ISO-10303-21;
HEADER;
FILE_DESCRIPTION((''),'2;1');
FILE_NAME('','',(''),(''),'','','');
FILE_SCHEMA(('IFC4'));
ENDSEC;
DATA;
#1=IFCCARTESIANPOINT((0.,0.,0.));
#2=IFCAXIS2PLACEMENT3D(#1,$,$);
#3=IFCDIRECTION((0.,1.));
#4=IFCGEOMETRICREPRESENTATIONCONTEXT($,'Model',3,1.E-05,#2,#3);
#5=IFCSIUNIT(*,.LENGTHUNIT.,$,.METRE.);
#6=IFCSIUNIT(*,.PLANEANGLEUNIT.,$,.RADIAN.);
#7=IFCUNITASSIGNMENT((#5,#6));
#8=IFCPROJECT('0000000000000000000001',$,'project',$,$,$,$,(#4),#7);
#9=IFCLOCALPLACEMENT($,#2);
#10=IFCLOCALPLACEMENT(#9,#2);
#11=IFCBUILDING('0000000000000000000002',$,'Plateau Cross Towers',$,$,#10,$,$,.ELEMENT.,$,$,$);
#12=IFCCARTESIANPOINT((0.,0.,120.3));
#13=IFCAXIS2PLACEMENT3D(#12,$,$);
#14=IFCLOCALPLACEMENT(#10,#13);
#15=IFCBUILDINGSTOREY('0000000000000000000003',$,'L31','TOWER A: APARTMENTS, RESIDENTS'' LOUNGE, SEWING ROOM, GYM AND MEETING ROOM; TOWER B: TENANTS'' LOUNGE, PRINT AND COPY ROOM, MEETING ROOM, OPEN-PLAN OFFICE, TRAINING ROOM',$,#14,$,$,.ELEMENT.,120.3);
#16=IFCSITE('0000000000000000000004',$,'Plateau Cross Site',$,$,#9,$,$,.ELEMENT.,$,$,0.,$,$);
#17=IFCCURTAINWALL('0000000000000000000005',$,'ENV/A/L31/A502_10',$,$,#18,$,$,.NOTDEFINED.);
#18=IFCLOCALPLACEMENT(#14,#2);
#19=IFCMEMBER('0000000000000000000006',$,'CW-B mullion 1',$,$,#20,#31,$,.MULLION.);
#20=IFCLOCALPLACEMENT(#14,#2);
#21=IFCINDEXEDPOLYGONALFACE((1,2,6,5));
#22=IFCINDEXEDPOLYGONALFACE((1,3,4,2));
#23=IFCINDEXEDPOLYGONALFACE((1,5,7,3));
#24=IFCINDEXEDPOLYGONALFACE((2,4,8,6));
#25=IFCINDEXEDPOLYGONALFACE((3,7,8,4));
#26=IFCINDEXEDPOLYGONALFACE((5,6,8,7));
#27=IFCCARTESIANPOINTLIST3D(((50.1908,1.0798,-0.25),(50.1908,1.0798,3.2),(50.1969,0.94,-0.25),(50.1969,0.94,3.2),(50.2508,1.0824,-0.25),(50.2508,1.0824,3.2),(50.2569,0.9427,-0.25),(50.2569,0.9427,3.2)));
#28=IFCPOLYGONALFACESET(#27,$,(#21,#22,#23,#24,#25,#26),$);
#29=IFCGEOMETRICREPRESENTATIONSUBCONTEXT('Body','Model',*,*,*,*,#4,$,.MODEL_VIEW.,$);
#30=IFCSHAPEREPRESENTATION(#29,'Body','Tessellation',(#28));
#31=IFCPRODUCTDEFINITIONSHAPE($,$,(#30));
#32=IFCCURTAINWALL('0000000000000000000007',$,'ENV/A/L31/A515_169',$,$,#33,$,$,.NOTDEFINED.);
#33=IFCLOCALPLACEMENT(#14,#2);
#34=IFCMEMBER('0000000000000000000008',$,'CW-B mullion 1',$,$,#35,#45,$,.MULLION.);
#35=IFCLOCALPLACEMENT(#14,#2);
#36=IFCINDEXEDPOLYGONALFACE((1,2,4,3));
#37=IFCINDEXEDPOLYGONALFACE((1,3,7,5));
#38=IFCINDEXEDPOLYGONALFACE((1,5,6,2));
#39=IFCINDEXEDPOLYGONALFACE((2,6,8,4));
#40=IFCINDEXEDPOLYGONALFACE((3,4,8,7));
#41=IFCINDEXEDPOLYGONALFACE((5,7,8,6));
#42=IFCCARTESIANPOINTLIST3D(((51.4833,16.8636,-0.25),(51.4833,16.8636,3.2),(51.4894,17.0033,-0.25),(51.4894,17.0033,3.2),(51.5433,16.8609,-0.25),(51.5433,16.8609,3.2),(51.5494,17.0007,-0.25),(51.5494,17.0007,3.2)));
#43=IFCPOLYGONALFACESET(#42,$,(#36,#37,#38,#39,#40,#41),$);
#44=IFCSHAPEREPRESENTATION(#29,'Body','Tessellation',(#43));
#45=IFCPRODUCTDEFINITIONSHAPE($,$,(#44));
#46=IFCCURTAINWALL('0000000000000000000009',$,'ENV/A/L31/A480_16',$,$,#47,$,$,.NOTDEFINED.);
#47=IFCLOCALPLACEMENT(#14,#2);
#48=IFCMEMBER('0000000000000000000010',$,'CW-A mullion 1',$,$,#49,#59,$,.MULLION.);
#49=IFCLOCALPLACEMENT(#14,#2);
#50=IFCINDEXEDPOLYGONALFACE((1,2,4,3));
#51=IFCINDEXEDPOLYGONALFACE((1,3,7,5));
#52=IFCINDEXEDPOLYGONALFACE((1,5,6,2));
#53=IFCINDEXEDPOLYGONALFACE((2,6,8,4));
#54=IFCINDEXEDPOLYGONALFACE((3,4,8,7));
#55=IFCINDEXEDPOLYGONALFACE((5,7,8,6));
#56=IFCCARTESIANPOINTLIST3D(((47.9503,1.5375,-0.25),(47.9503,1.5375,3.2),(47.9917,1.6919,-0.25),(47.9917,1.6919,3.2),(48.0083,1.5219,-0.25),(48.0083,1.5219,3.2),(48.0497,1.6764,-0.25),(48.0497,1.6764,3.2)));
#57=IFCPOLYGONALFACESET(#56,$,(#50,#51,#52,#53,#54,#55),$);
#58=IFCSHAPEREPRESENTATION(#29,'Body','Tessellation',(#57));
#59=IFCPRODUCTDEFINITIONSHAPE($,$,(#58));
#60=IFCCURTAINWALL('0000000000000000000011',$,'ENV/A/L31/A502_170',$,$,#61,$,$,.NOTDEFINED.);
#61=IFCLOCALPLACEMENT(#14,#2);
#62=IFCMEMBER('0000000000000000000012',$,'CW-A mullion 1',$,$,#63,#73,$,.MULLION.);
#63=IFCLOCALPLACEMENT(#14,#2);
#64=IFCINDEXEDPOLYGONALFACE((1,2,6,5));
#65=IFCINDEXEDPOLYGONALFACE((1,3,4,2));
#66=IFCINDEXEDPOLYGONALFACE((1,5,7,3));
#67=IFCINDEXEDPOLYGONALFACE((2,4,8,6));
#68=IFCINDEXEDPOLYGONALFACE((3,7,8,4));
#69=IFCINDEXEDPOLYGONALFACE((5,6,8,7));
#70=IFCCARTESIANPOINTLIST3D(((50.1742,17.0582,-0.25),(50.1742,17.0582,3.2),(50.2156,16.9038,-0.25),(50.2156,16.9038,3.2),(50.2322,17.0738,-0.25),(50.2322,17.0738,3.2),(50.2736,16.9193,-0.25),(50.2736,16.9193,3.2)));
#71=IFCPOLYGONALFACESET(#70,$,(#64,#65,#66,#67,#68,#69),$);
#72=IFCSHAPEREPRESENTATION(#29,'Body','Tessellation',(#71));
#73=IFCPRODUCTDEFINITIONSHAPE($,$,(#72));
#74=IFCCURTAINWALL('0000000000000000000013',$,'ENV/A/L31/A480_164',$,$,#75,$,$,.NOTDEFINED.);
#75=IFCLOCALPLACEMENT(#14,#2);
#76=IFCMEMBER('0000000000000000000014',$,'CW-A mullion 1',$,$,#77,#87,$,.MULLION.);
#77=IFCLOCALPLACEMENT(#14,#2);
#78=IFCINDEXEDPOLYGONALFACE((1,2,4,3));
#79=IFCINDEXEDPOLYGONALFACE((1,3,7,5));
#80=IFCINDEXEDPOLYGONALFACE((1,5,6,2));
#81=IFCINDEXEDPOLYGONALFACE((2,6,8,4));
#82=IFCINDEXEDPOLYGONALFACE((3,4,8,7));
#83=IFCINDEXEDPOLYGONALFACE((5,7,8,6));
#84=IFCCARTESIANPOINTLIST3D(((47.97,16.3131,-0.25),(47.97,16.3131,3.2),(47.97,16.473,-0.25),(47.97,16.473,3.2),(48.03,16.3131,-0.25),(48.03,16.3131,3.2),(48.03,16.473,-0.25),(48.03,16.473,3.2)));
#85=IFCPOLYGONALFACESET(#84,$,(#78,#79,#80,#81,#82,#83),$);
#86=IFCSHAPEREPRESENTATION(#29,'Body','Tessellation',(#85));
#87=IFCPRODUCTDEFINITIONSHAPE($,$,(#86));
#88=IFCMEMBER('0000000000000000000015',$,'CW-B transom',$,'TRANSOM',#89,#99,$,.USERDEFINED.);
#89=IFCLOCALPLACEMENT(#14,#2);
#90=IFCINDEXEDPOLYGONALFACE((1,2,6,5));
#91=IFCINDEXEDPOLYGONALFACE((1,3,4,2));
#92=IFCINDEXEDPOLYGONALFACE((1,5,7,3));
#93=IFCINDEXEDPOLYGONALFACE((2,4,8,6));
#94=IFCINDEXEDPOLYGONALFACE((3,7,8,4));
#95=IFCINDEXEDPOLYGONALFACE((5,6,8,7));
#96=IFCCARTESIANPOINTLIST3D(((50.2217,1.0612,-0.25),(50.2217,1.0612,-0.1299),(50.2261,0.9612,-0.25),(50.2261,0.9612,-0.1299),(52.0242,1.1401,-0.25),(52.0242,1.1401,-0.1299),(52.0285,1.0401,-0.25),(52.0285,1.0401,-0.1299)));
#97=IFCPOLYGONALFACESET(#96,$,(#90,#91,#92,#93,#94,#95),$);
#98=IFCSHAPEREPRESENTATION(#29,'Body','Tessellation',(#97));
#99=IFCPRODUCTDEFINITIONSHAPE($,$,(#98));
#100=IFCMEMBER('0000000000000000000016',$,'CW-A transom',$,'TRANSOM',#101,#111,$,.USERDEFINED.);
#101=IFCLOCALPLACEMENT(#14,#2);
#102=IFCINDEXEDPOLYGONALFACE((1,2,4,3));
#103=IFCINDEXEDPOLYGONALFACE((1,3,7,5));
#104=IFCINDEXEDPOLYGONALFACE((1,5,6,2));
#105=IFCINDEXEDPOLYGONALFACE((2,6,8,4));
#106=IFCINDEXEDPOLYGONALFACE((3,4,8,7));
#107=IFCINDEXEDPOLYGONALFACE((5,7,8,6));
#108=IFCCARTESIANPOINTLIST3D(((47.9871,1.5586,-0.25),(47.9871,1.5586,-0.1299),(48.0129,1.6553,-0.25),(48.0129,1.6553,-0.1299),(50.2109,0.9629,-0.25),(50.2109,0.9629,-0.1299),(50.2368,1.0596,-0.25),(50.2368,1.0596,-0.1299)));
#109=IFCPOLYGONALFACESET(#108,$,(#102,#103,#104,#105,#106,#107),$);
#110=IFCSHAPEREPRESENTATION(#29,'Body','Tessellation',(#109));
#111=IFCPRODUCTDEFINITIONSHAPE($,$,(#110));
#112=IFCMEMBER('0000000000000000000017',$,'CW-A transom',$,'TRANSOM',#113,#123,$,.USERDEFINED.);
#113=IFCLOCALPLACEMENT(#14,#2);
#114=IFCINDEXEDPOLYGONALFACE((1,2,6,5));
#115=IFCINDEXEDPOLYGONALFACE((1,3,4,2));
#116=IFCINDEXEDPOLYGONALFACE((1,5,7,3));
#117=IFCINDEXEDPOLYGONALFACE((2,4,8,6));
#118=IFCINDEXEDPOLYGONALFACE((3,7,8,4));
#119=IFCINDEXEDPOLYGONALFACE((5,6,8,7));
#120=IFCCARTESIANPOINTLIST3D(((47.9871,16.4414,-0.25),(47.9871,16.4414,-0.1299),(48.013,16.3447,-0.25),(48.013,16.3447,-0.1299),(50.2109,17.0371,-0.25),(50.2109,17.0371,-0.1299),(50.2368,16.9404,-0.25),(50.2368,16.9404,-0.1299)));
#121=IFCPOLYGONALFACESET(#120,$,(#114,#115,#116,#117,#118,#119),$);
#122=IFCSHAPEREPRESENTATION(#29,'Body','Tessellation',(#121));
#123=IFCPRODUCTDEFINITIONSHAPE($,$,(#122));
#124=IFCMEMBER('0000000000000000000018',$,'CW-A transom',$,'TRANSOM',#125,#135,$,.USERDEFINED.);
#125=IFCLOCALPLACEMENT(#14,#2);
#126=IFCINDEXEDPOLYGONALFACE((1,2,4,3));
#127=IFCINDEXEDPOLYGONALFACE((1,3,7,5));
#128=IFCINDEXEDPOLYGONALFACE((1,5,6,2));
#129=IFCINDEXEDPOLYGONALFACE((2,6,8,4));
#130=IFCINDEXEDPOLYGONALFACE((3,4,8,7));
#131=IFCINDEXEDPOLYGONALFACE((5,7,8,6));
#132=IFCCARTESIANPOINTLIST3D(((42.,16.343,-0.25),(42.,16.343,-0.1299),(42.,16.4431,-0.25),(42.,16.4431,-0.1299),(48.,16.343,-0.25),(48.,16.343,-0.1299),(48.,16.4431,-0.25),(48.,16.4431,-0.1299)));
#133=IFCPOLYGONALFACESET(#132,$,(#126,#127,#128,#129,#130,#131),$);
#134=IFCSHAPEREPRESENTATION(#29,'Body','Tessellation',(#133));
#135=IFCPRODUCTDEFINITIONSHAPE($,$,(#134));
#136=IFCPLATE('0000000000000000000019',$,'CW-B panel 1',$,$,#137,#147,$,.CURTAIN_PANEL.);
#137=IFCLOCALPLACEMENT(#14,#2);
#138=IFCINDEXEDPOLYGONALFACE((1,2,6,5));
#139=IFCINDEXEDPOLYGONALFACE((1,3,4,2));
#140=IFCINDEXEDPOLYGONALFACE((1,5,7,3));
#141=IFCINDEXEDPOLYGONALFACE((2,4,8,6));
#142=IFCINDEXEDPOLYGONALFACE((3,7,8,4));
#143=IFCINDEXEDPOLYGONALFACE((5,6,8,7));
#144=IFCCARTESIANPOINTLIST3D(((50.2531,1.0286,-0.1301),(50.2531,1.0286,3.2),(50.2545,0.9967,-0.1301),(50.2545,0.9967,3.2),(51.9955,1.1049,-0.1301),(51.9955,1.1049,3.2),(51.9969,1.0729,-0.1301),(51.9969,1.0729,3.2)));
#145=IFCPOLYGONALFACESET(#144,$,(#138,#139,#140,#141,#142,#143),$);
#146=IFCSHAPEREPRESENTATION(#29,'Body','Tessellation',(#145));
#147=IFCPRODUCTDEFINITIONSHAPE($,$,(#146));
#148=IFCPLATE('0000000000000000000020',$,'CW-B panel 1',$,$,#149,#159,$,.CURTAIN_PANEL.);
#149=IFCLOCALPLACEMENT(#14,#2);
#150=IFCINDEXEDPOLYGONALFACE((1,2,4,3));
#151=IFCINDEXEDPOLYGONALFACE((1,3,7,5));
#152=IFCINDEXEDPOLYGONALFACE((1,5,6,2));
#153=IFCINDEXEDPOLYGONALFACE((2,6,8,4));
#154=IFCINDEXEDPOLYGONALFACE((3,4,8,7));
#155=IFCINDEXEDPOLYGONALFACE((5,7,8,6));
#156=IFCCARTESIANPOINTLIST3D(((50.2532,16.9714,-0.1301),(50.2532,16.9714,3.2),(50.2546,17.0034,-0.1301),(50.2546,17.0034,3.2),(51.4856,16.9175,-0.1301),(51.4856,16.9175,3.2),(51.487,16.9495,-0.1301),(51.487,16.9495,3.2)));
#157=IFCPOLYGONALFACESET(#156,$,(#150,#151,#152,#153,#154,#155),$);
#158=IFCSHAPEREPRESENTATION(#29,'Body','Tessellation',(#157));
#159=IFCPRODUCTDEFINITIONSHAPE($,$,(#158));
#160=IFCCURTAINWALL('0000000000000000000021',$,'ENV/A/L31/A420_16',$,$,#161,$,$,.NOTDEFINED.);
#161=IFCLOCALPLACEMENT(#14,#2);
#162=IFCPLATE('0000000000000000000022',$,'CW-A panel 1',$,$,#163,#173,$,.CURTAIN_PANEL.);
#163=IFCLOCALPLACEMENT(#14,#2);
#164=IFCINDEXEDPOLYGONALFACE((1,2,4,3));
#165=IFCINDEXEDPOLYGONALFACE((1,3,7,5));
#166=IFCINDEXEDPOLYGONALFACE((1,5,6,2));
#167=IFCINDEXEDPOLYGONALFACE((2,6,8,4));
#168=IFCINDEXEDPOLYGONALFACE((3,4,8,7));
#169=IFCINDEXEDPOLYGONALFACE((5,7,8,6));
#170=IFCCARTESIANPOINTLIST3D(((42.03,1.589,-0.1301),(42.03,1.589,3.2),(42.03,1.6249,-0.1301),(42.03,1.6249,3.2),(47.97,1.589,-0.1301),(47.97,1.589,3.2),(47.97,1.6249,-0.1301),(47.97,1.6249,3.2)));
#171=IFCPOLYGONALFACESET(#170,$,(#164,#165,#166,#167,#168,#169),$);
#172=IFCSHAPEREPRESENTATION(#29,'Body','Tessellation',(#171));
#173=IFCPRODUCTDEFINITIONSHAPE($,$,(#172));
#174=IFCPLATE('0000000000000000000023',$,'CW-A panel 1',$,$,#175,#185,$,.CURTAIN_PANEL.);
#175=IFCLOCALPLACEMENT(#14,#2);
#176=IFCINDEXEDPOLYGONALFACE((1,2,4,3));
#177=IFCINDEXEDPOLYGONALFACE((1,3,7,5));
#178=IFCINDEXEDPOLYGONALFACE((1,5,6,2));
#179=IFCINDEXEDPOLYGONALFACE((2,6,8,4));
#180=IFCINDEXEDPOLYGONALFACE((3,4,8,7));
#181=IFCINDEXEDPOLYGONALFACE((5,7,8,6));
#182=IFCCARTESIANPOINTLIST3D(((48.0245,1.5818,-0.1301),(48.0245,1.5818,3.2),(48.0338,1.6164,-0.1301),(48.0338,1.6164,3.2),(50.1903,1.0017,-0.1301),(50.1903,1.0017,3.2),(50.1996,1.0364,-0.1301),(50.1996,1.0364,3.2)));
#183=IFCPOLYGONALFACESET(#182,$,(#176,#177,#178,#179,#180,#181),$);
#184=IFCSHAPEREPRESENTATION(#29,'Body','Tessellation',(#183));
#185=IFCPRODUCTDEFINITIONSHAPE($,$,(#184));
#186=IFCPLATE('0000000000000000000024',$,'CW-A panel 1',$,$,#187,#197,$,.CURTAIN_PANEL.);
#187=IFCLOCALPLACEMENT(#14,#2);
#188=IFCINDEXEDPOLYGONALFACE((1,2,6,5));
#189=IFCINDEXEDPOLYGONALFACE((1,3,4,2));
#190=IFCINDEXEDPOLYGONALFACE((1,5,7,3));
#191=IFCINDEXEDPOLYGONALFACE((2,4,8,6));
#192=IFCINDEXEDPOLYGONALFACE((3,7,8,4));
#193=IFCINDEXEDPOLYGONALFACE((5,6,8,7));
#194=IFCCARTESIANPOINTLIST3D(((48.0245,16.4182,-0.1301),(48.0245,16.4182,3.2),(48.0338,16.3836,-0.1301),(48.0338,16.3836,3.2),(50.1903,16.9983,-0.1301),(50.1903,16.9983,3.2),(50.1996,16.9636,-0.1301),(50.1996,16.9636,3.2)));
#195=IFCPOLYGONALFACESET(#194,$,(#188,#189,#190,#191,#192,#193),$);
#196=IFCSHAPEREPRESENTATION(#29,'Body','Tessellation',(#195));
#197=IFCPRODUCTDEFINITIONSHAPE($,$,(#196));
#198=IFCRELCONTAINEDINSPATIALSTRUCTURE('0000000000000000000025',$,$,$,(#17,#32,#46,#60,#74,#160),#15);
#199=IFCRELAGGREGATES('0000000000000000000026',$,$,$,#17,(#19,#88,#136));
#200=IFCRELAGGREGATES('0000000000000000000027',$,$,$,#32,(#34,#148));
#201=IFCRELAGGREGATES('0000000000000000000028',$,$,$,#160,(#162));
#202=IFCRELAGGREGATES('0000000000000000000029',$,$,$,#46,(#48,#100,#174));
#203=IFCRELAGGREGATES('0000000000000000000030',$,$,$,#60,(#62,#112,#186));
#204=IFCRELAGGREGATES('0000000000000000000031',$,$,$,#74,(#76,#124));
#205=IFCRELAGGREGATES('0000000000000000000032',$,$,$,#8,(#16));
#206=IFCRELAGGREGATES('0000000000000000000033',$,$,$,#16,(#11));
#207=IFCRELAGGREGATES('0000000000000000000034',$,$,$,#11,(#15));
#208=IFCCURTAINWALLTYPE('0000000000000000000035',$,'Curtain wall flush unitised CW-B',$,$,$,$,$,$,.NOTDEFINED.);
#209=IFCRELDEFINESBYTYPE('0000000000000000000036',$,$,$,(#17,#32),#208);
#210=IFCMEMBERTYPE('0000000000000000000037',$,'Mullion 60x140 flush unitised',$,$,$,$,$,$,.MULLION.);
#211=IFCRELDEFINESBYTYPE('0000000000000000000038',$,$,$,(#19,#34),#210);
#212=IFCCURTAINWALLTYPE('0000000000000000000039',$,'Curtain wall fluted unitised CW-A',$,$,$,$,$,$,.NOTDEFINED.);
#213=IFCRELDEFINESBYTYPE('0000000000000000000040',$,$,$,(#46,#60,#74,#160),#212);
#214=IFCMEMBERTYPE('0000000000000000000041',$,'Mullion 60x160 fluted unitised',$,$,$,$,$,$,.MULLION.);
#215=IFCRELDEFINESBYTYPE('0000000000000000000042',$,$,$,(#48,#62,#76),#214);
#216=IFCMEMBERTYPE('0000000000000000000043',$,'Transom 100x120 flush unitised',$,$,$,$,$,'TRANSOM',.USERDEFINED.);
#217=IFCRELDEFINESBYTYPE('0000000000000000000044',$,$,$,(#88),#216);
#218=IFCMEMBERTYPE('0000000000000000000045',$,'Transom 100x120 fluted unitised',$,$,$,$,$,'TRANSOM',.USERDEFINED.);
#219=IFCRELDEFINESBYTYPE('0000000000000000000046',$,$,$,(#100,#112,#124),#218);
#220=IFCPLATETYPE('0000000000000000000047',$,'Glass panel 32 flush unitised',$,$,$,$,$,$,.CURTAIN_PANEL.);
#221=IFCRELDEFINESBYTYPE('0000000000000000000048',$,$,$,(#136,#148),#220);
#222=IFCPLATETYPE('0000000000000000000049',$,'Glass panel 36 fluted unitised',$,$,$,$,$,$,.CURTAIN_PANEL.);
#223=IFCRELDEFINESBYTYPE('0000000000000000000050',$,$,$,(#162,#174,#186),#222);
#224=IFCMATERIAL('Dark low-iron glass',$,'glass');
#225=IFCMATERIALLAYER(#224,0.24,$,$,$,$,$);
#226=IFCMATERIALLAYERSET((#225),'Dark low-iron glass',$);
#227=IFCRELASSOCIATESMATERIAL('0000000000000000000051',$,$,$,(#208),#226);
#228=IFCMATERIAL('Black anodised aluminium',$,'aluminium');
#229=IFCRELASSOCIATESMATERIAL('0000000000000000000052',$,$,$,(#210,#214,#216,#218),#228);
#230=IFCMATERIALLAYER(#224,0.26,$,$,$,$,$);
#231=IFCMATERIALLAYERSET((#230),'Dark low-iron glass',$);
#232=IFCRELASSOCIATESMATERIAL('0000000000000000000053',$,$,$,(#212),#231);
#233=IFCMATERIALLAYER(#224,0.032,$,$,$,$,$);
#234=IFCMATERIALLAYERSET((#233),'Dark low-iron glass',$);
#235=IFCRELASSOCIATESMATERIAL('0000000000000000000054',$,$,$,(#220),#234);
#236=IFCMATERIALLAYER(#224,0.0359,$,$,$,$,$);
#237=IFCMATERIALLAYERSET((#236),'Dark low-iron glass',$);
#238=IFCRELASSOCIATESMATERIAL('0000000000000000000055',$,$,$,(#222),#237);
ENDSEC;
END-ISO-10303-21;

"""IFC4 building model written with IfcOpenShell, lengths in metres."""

from ifc_helpers import new_model, si_unit, direction, frame, origin, origin_2d, place, context, subcontext, project, spatial, rectangle, extrude, material, layer, layer_set, material_profile, profile_set, type_object, element, aggregate, save


model = new_model("IFC4")

# Units and contexts
model_context = context("Model", 3, precision=1e-05, world=origin(), true_north=direction((0.0, 1.0)))
body_context = subcontext(model_context, "Body", "Model", "MODEL_VIEW")
ifc_project = project(units=[si_unit("LENGTHUNIT", "METRE"), si_unit("PLANEANGLEUNIT", "RADIAN")], contexts=[model_context])

# Site, building, storey
site_placement = place(None, origin())
site = spatial("IfcSite", under=ifc_project, at=site_placement, Name="Plateau Cross Site", CompositionType="ELEMENT", RefElevation=0.0)
building_placement = place(site_placement, origin())
building = spatial("IfcBuilding", under=site, at=building_placement, Name="Plateau Cross Towers", CompositionType="ELEMENT")
storey_placement = place(building_placement, frame((0.0, 0.0, 120.3)))
storey = spatial("IfcBuildingStorey", under=building, at=storey_placement, Name="L31", Description="TOWER A: APARTMENTS, RESIDENTS' LOUNGE, SEWING ROOM, GYM AND MEETING ROOM; TOWER B: TENANTS' LOUNGE, PRINT AND COPY ROOM, MEETING ROOM, OPEN-PLAN OFFICE, TRAINING ROOM", CompositionType="ELEMENT", Elevation=120.3)

# Curtain walls, members
ifc_material_1 = material(Name="Dark low-iron glass", Category="glass")
ifc_layer_1 = layer(ifc_material_1, 0.24)
ifc_layer_set_1 = layer_set([ifc_layer_1], Name="Dark low-iron glass")
curtain_wall_type_1 = type_object("IfcCurtainWallType", Name="Curtain wall flush unitised CW-B", PredefinedType="NOTDEFINED", material=ifc_layer_set_1)
curtain_wall_1_placement = place(storey_placement, origin())
curtain_wall_1 = element("IfcCurtainWall", 1, at=curtain_wall_1_placement, inside=storey, type_object=curtain_wall_type_1, Name="ENV/A/L31/A502_10", PredefinedType="NOTDEFINED")
ifc_material_2 = material(Name="Black anodised aluminium", Category="aluminium")
ifc_material_profile_1 = material_profile(ifc_material_2, rectangle(XDim=0.0601, YDim=0.1399, at=origin_2d()), Name="MULLION 60x140")
ifc_profile_set_1 = profile_set([ifc_material_profile_1], Name="Black anodised aluminium")
member_type_1 = type_object("IfcMemberType", Name="Mullion 60x140 flush unitised", PredefinedType="MULLION", material=ifc_profile_set_1)
member_1_placement = place(storey_placement, frame((50.2239, 1.0112, -0.25), z_axis=(0.0, 0.0, 1.0), x_axis=(0.999044, 0.043723, 0.0)))
member_1 = element("IfcMember", 2, at=member_1_placement, type_object=member_type_1, Name="CW-B mullion 1", PredefinedType="MULLION", context=body_context, shape_type="SweptSolid", body=[
    extrude(rectangle(XDim=0.0601, YDim=0.1399, at=origin_2d()), origin(), (0.0, 0.0, 1.0), 3.45),
])
curtain_wall_2_placement = place(storey_placement, origin())
curtain_wall_2 = element("IfcCurtainWall", 3, at=curtain_wall_2_placement, inside=storey, type_object=curtain_wall_type_1, Name="ENV/A/L31/A515_169", PredefinedType="NOTDEFINED")
member_2_placement = place(storey_placement, frame((51.5164, 16.9321, -0.25), z_axis=(0.0, 0.0, 1.0), x_axis=(-0.999044, 0.043723, 0.0)))
member_2 = element("IfcMember", 4, at=member_2_placement, type_object=member_type_1, Name="CW-B mullion 1", PredefinedType="MULLION", context=body_context, shape_type="SweptSolid", body=[
    extrude(rectangle(XDim=0.0601, YDim=0.1399, at=origin_2d()), origin(), (0.0, 0.0, 1.0), 3.45),
])
ifc_layer_2 = layer(ifc_material_1, 0.26)
ifc_layer_set_2 = layer_set([ifc_layer_2], Name="Dark low-iron glass")
curtain_wall_type_2 = type_object("IfcCurtainWallType", Name="Curtain wall fluted unitised CW-A", PredefinedType="NOTDEFINED", material=ifc_layer_set_2)
curtain_wall_3_placement = place(storey_placement, origin())
curtain_wall_3 = element("IfcCurtainWall", 5, at=curtain_wall_3_placement, inside=storey, type_object=curtain_wall_type_2, Name="ENV/A/L31/A480_16", PredefinedType="NOTDEFINED")
ifc_material_profile_2 = material_profile(ifc_material_2, rectangle(XDim=0.0601, YDim=0.1599, at=origin_2d()), Name="MULLION 60x160")
ifc_profile_set_2 = profile_set([ifc_material_profile_2], Name="Black anodised aluminium")
member_type_2 = type_object("IfcMemberType", Name="Mullion 60x160 fluted unitised", PredefinedType="MULLION", material=ifc_profile_set_2)
member_3_placement = place(storey_placement, frame((48.0, 1.6069, -0.25), z_axis=(0.0, 0.0, 1.0), x_axis=(0.965958, -0.258699, 0.0)))
member_3 = element("IfcMember", 6, at=member_3_placement, type_object=member_type_2, Name="CW-A mullion 1", PredefinedType="MULLION", context=body_context, shape_type="SweptSolid", body=[
    extrude(rectangle(XDim=0.0601, YDim=0.1599, at=origin_2d()), origin(), (0.0, 0.0, 1.0), 3.45),
])
curtain_wall_4_placement = place(storey_placement, origin())
curtain_wall_4 = element("IfcCurtainWall", 7, at=curtain_wall_4_placement, inside=storey, type_object=curtain_wall_type_2, Name="ENV/A/L31/A502_170", PredefinedType="NOTDEFINED")
member_4_placement = place(storey_placement, frame((50.2239, 16.9888, -0.25), z_axis=(0.0, 0.0, 1.0), x_axis=(-0.965958, -0.258699, 0.0)))
member_4 = element("IfcMember", 8, at=member_4_placement, type_object=member_type_2, Name="CW-A mullion 1", PredefinedType="MULLION", context=body_context, shape_type="SweptSolid", body=[
    extrude(rectangle(XDim=0.0601, YDim=0.1599, at=origin_2d()), origin(), (0.0, 0.0, 1.0), 3.45),
])
curtain_wall_5_placement = place(storey_placement, origin())
curtain_wall_5 = element("IfcCurtainWall", 9, at=curtain_wall_5_placement, inside=storey, type_object=curtain_wall_type_2, Name="ENV/A/L31/A480_164", PredefinedType="NOTDEFINED")
member_5_placement = place(storey_placement, frame((48.0, 16.3931, -0.25), z_axis=(0.0, 0.0, 1.0), x_axis=(-1.0, 0.0, 0.0)))
member_5 = element("IfcMember", 10, at=member_5_placement, type_object=member_type_2, Name="CW-A mullion 1", PredefinedType="MULLION", context=body_context, shape_type="SweptSolid", body=[
    extrude(rectangle(XDim=0.0601, YDim=0.1599, at=origin_2d()), origin(), (0.0, 0.0, 1.0), 3.45),
])

# Members
ifc_material_profile_3 = material_profile(ifc_material_2, rectangle(XDim=0.1001, YDim=0.1201, at=origin_2d()), Name="TRANSOM 100x120")
ifc_profile_set_3 = profile_set([ifc_material_profile_3], Name="Black anodised aluminium")
member_type_3 = type_object("IfcMemberType", Name="Transom 100x120 flush unitised", ElementType="TRANSOM", PredefinedType="USERDEFINED", material=ifc_profile_set_3)
member_6_placement = place(storey_placement, frame((50.2239, 1.0112, -0.1899), z_axis=(0.999044, 0.043707, 0.0), x_axis=(-0.043707, 0.999044, 0.0)))
member_6 = element("IfcMember", 11, at=member_6_placement, type_object=member_type_3, Name="CW-B transom", ObjectType="TRANSOM", PredefinedType="USERDEFINED", context=body_context, shape_type="SweptSolid", body=[
    extrude(rectangle(XDim=0.1001, YDim=0.1201, at=origin_2d()), origin(), (0.0, 0.0, 1.0), 1.8042),
])
ifc_material_profile_4 = material_profile(ifc_material_2, rectangle(XDim=0.1001, YDim=0.1201, at=origin_2d()), Name="TRANSOM 100x120")
ifc_profile_set_4 = profile_set([ifc_material_profile_4], Name="Black anodised aluminium")
member_type_4 = type_object("IfcMemberType", Name="Transom 100x120 fluted unitised", ElementType="TRANSOM", PredefinedType="USERDEFINED", material=ifc_profile_set_4)
member_7_placement = place(storey_placement, frame((48.0, 1.6069, -0.1899), z_axis=(0.965946, -0.258745, 0.0), x_axis=(0.258745, 0.965946, 0.0)))
member_7 = element("IfcMember", 12, at=member_7_placement, type_object=member_type_4, Name="CW-A transom", ObjectType="TRANSOM", PredefinedType="USERDEFINED", context=body_context, shape_type="SweptSolid", body=[
    extrude(rectangle(XDim=0.1001, YDim=0.1201, at=origin_2d()), origin(), (0.0, 0.0, 1.0), 2.3022),
])
member_8_placement = place(storey_placement, frame((50.2239, 16.9888, -0.1899), z_axis=(-0.965946, -0.258745, 0.0), x_axis=(0.258745, -0.965946, 0.0)))
member_8 = element("IfcMember", 13, at=member_8_placement, type_object=member_type_4, Name="CW-A transom", ObjectType="TRANSOM", PredefinedType="USERDEFINED", context=body_context, shape_type="SweptSolid", body=[
    extrude(rectangle(XDim=0.1001, YDim=0.1201, at=origin_2d()), origin(), (0.0, 0.0, 1.0), 2.3022),
])
member_9_placement = place(storey_placement, frame((48.0, 16.3931, -0.1899), z_axis=(-1.0, 0.0, 0.0), x_axis=(0.0, -1.0, 0.0)))
member_9 = element("IfcMember", 14, at=member_9_placement, type_object=member_type_4, Name="CW-A transom", ObjectType="TRANSOM", PredefinedType="USERDEFINED", context=body_context, shape_type="SweptSolid", body=[
    extrude(rectangle(XDim=0.1001, YDim=0.1201, at=origin_2d()), origin(), (0.0, 0.0, 1.0), 6.0),
])

# Plates
ifc_layer_3 = layer(ifc_material_1, 0.032)
ifc_layer_set_3 = layer_set([ifc_layer_3], Name="Dark low-iron glass")
plate_type_1 = type_object("IfcPlateType", Name="Glass panel 32 flush unitised", PredefinedType="CURTAIN_PANEL", material=ifc_layer_set_3)
plate_1_placement = place(storey_placement, frame((51.125, 1.0508, -0.1301), z_axis=(0.0, 0.0, 1.0), x_axis=(0.999044, 0.043723, 0.0)))
plate_1 = element("IfcPlate", 15, at=plate_1_placement, type_object=plate_type_1, Name="CW-B panel 1", PredefinedType="CURTAIN_PANEL", context=body_context, shape_type="SweptSolid", body=[
    extrude(rectangle(XDim=1.7441, YDim=0.032, at=origin_2d()), origin(), (0.0, 0.0, 1.0), 3.3301),
])
aggregate(curtain_wall_1, [member_1, member_6, plate_1])
plate_2_placement = place(storey_placement, frame((50.8701, 16.9604, -0.1301), z_axis=(0.0, 0.0, 1.0), x_axis=(-0.999044, 0.043723, 0.0)))
plate_2 = element("IfcPlate", 16, at=plate_2_placement, type_object=plate_type_1, Name="CW-B panel 1", PredefinedType="CURTAIN_PANEL", context=body_context, shape_type="SweptSolid", body=[
    extrude(rectangle(XDim=1.2336, YDim=0.032, at=origin_2d()), origin(), (0.0, 0.0, 1.0), 3.3301),
])
aggregate(curtain_wall_2, [member_2, plate_2])

# Curtain wall, plate
curtain_wall_6_placement = place(storey_placement, origin())
curtain_wall_6 = element("IfcCurtainWall", 17, at=curtain_wall_6_placement, inside=storey, type_object=curtain_wall_type_2, Name="ENV/A/L31/A420_16", PredefinedType="NOTDEFINED")
ifc_layer_4 = layer(ifc_material_1, 0.0359)
ifc_layer_set_4 = layer_set([ifc_layer_4], Name="Dark low-iron glass")
plate_type_2 = type_object("IfcPlateType", Name="Glass panel 36 fluted unitised", PredefinedType="CURTAIN_PANEL", material=ifc_layer_set_4)
plate_3_placement = place(storey_placement, frame((45.0, 1.6069, -0.1301), z_axis=(0.0, 0.0, 1.0), x_axis=(1.0, 0.0, 0.0)))
plate_3 = element("IfcPlate", 18, at=plate_3_placement, type_object=plate_type_2, Name="CW-A panel 1", PredefinedType="CURTAIN_PANEL", context=body_context, shape_type="SweptSolid", body=[
    extrude(rectangle(XDim=5.9399, YDim=0.0359, at=origin_2d()), origin(), (0.0, 0.0, 1.0), 3.3301),
])
aggregate(curtain_wall_6, [plate_3])

# Plates
plate_4_placement = place(storey_placement, frame((49.1121, 1.3091, -0.1301), z_axis=(0.0, 0.0, 1.0), x_axis=(0.965958, -0.258699, 0.0)))
plate_4 = element("IfcPlate", 19, at=plate_4_placement, type_object=plate_type_2, Name="CW-A panel 1", PredefinedType="CURTAIN_PANEL", context=body_context, shape_type="SweptSolid", body=[
    extrude(rectangle(XDim=2.2422, YDim=0.0359, at=origin_2d()), origin(), (0.0, 0.0, 1.0), 3.3301),
])
aggregate(curtain_wall_3, [member_3, member_7, plate_4])
plate_5_placement = place(storey_placement, frame((49.1121, 16.6909, -0.1301), z_axis=(0.0, 0.0, 1.0), x_axis=(-0.965958, -0.258699, 0.0)))
plate_5 = element("IfcPlate", 20, at=plate_5_placement, type_object=plate_type_2, Name="CW-A panel 1", PredefinedType="CURTAIN_PANEL", context=body_context, shape_type="SweptSolid", body=[
    extrude(rectangle(XDim=2.2422, YDim=0.0359, at=origin_2d()), origin(), (0.0, 0.0, 1.0), 3.3301),
])
aggregate(curtain_wall_4, [member_4, member_8, plate_5])
aggregate(curtain_wall_5, [member_5, member_9])

save(model, "model.ifc")
